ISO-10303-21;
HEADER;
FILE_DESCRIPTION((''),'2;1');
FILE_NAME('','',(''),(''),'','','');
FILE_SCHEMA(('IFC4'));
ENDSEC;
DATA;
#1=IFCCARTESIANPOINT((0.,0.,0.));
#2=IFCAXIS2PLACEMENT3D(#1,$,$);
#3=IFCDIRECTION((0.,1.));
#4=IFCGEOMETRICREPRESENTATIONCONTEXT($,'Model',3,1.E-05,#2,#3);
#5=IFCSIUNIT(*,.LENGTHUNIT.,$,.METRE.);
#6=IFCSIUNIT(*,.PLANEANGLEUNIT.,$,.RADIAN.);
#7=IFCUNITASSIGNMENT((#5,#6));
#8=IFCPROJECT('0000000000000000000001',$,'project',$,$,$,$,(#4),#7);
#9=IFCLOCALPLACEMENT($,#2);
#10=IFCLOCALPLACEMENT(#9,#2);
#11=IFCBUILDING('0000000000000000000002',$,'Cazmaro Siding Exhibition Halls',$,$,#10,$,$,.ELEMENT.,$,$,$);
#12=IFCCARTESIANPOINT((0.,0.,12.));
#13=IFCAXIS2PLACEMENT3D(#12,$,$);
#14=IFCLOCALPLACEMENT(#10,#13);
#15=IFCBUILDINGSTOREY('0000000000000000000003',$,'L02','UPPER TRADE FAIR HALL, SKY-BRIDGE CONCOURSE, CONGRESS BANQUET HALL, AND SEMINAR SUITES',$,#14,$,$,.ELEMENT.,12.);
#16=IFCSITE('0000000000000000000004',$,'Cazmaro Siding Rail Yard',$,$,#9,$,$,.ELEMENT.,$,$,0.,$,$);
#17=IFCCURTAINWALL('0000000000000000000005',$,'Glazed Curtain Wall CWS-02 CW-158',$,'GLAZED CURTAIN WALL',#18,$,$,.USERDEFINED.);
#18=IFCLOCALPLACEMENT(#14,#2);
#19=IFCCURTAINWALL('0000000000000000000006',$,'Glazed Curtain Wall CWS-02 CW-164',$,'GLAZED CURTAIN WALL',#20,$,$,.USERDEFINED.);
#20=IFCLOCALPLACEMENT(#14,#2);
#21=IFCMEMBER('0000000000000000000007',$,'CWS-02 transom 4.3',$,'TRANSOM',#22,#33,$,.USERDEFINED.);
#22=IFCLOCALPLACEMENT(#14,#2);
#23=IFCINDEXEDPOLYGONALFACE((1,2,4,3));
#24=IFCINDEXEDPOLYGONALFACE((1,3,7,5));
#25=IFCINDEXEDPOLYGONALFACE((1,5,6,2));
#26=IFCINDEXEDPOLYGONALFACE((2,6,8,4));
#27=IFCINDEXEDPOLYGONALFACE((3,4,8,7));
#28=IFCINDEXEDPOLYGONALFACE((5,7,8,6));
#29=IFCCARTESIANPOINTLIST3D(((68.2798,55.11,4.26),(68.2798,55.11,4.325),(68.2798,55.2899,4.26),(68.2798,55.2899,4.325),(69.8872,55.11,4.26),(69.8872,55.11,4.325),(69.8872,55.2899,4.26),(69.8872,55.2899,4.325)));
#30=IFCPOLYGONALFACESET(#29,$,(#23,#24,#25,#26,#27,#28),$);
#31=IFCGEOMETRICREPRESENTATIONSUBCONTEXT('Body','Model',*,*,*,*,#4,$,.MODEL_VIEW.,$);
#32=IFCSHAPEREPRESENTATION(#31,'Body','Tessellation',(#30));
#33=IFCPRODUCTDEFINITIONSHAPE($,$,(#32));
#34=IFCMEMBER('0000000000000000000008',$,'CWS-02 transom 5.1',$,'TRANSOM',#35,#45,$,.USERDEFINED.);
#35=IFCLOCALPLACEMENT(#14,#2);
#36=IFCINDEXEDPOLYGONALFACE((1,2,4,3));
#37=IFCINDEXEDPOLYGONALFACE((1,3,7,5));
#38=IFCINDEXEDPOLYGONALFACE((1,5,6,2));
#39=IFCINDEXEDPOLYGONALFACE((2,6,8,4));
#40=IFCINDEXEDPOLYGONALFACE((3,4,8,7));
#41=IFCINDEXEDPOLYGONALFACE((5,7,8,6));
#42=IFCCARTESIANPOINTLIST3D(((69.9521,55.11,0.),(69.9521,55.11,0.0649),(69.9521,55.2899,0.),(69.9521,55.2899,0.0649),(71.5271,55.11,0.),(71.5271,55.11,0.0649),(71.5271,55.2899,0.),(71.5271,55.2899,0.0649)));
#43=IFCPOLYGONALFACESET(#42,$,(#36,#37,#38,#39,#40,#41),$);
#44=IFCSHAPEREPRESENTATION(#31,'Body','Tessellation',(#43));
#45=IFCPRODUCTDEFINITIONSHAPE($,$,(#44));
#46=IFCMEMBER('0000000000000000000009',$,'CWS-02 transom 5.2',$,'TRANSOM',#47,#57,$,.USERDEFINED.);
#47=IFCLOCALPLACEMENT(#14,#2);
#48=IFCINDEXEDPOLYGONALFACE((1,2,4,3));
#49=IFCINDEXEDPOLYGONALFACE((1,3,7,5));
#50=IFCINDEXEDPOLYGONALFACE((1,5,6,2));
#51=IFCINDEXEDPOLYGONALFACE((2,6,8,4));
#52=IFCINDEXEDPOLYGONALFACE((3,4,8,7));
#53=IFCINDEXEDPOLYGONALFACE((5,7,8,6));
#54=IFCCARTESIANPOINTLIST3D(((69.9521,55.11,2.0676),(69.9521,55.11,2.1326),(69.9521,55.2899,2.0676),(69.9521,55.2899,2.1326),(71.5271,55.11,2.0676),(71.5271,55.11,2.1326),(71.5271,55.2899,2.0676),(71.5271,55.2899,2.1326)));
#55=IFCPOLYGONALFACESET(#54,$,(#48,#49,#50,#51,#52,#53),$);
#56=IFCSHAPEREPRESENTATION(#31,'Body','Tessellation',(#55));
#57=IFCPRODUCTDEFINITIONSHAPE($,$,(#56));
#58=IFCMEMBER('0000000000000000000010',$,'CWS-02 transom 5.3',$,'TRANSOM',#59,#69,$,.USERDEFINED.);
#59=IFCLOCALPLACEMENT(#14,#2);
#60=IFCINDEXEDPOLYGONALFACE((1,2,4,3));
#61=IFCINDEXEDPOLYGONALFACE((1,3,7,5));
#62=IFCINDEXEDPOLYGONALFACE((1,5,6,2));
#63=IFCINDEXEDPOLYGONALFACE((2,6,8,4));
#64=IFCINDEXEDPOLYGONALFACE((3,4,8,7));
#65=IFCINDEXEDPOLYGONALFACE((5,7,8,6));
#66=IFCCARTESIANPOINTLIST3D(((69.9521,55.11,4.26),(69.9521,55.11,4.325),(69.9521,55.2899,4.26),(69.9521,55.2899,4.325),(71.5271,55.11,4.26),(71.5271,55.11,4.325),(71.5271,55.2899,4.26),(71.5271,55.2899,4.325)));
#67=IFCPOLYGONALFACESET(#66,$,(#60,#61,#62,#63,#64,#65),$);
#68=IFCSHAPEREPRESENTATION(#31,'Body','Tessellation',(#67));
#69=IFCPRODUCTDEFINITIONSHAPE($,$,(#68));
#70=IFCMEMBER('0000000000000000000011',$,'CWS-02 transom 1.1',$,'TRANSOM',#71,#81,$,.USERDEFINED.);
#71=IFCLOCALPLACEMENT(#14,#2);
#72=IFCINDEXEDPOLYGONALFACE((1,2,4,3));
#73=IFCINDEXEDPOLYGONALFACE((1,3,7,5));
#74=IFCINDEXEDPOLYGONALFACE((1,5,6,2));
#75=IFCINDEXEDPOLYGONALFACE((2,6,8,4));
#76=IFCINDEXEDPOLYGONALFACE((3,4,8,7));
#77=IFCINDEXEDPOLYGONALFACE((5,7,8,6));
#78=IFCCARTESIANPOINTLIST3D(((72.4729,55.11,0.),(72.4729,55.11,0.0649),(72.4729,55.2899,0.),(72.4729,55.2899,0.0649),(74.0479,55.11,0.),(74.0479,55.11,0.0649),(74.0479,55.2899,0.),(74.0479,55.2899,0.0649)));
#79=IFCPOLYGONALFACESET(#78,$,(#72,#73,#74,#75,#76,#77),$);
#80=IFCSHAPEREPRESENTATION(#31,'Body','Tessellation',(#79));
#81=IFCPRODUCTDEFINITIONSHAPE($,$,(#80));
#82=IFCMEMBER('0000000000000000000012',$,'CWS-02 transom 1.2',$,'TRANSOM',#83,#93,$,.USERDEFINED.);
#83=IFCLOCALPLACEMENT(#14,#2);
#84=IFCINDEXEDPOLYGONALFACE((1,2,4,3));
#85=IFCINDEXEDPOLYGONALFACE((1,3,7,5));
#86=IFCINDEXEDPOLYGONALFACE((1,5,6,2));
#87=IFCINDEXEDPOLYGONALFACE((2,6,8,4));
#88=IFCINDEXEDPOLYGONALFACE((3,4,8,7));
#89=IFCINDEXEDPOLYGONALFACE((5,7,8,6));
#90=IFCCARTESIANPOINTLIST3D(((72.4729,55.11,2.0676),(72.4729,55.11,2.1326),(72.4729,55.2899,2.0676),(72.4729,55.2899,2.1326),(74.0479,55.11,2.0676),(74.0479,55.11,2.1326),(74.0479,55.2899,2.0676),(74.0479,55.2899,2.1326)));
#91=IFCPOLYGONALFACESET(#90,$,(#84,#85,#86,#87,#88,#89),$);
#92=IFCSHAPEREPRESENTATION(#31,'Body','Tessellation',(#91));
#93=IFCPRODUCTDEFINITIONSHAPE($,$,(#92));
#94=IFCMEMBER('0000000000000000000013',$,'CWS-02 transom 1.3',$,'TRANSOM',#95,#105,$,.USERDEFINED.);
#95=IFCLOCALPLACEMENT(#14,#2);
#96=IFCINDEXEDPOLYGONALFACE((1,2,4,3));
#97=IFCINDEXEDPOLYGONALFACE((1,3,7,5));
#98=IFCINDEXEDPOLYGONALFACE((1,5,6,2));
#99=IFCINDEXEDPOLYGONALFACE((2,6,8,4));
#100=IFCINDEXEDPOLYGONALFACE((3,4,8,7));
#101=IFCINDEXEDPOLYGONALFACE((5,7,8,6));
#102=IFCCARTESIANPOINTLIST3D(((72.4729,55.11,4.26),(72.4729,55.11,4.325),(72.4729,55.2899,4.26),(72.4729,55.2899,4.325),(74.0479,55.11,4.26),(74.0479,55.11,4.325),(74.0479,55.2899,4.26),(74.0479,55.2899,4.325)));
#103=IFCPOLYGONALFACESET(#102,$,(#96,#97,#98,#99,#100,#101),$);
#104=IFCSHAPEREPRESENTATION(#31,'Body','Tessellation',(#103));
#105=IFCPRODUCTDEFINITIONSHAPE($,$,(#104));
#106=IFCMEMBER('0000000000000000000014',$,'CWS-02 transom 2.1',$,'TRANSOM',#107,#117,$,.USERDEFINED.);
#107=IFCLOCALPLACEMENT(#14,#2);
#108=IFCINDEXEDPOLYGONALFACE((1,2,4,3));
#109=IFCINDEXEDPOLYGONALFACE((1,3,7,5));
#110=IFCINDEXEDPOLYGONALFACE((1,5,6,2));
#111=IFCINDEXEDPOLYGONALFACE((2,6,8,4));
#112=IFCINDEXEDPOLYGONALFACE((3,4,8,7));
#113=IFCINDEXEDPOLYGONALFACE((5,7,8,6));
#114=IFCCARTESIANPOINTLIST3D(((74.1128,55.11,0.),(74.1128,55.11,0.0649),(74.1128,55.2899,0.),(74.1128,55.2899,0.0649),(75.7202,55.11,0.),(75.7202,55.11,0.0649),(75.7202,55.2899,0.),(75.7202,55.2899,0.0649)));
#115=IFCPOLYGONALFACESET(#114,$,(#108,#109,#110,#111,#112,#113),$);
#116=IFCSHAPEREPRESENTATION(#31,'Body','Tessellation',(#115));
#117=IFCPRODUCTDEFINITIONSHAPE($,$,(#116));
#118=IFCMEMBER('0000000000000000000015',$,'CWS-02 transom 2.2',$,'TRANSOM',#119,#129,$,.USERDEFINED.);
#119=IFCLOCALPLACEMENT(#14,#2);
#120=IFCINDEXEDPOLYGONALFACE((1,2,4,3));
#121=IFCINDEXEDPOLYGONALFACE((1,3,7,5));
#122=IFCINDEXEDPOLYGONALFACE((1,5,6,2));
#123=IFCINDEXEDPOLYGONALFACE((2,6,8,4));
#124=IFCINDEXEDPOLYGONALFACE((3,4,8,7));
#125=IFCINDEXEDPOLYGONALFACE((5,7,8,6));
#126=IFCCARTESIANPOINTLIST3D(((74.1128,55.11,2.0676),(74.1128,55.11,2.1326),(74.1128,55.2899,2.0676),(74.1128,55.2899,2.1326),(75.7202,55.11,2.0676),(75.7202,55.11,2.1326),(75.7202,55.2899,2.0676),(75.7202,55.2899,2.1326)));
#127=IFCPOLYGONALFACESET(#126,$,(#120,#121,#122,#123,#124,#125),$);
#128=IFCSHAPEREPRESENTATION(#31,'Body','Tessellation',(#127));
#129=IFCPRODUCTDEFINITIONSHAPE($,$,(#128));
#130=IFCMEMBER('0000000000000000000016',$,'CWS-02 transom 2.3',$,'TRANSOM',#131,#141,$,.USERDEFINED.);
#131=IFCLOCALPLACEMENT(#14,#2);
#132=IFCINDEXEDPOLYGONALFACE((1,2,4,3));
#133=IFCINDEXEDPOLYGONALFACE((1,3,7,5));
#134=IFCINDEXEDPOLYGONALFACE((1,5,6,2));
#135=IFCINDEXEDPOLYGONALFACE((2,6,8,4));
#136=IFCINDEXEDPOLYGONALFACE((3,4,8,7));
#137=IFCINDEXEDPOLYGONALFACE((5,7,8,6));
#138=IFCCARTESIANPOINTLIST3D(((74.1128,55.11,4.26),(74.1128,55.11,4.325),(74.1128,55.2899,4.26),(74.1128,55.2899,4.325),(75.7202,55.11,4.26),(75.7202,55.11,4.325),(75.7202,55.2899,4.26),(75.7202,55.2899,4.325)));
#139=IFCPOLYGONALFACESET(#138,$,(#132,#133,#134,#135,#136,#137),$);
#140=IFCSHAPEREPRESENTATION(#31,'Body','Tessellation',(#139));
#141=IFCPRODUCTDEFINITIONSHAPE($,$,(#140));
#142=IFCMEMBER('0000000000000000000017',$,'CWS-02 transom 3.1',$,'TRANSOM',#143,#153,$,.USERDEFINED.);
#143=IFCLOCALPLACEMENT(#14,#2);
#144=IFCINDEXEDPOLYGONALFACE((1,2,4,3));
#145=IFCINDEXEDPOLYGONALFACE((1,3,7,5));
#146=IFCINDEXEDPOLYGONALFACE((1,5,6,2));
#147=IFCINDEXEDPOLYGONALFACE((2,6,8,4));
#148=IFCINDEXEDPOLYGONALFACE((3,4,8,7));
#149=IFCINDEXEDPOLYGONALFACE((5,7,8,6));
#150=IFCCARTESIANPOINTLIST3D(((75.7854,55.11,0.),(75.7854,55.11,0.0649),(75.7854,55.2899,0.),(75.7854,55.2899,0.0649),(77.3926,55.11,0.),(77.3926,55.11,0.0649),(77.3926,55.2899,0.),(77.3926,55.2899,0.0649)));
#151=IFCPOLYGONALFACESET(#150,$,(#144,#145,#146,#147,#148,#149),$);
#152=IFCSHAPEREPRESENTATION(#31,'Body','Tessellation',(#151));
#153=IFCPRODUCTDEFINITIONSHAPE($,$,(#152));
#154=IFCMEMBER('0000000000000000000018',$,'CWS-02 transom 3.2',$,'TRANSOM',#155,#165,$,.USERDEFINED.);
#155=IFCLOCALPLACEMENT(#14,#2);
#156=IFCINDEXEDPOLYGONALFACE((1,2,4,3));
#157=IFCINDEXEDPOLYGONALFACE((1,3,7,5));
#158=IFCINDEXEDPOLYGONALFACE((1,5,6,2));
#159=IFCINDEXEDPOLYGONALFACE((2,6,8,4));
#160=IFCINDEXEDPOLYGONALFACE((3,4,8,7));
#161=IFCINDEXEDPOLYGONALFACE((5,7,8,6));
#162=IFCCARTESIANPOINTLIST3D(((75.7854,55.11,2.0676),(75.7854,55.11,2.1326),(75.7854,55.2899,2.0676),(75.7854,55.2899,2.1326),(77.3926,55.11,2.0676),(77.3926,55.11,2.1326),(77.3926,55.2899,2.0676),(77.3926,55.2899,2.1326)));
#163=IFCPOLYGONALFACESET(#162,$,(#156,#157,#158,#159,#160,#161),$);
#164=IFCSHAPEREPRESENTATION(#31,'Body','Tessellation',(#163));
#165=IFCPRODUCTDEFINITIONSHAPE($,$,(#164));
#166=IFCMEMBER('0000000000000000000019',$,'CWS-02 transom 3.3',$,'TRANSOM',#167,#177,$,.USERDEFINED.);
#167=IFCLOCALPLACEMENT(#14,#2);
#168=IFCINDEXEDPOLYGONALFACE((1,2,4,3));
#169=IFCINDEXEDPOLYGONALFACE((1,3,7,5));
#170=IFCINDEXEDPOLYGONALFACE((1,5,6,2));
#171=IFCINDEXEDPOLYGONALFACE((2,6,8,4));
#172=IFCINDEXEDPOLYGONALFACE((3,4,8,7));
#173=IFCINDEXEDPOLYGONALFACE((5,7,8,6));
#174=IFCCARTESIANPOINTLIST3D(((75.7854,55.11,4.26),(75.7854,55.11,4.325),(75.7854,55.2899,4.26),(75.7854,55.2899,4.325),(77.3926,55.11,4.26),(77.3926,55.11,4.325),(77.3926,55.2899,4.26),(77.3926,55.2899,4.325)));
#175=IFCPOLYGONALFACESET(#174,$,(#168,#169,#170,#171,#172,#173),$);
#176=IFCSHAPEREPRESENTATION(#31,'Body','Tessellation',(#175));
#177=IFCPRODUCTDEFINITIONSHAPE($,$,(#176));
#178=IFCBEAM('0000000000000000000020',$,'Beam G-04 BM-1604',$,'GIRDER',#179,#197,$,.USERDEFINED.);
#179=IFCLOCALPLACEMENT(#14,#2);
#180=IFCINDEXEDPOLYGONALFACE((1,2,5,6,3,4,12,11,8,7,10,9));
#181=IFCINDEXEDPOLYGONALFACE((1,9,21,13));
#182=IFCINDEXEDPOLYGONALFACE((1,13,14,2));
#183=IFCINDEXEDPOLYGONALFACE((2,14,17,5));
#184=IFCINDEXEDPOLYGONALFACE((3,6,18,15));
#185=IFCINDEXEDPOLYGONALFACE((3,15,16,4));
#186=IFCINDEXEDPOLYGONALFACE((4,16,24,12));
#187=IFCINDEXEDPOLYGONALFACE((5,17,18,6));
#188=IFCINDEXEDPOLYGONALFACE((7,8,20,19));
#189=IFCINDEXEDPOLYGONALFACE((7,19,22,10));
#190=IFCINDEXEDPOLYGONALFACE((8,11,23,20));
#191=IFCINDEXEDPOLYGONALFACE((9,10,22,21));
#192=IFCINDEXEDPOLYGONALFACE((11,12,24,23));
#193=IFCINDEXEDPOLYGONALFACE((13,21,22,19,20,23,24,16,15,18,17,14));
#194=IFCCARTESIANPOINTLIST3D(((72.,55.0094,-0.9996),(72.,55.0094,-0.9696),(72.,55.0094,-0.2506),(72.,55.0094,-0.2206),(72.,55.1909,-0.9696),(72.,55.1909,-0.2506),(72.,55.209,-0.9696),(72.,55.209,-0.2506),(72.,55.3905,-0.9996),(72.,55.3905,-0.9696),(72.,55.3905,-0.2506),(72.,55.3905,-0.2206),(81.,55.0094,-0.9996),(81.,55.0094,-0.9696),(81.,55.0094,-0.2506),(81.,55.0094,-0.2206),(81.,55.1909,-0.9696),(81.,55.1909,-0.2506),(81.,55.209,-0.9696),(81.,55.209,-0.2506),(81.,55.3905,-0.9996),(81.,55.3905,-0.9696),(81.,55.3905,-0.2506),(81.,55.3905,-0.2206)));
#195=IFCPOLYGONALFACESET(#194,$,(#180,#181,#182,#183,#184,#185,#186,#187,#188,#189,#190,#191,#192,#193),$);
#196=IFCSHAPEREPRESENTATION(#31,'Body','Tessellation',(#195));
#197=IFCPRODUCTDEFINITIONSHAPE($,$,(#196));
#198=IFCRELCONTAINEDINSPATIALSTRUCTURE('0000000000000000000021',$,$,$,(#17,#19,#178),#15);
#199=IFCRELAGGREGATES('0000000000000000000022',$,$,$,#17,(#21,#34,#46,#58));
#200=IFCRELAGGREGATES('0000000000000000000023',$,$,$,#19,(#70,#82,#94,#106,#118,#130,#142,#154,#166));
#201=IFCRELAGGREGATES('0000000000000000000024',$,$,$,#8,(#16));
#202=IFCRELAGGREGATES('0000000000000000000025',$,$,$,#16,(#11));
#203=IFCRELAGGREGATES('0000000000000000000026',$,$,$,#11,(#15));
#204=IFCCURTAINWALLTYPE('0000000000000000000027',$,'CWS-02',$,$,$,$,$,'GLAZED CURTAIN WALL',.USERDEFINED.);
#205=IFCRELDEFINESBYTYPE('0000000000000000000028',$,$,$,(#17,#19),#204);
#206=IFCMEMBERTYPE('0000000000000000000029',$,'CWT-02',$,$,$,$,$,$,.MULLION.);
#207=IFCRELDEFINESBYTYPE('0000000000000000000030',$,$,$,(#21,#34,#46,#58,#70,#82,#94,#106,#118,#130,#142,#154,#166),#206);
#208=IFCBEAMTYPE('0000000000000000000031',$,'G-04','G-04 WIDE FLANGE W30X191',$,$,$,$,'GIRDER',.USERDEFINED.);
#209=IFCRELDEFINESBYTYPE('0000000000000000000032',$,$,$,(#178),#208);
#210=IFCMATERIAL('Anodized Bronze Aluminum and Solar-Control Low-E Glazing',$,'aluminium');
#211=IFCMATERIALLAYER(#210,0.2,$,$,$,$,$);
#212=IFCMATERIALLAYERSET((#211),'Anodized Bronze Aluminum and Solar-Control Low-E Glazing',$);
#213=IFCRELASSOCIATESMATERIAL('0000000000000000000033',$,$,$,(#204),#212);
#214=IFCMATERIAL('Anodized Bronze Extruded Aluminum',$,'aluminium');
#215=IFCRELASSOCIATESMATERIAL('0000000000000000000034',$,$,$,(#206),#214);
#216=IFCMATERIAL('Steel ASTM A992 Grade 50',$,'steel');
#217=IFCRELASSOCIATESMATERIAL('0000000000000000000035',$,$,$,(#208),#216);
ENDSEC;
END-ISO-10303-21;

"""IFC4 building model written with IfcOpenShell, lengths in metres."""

from ifc_helpers import new_model, si_unit, direction, frame, origin, origin_2d, place, context, subcontext, project, spatial, rectangle, i_section, extrude, material, layer, layer_set, material_profile, profile_set, type_object, element, aggregate, save


model = new_model("IFC4")

# Units and contexts
model_context = context("Model", 3, precision=1e-05, world=origin(), true_north=direction((0.0, 1.0)))
body_context = subcontext(model_context, "Body", "Model", "MODEL_VIEW")
ifc_project = project(units=[si_unit("LENGTHUNIT", "METRE"), si_unit("PLANEANGLEUNIT", "RADIAN")], contexts=[model_context])

# Site, building, storey
site_placement = place(None, origin())
site = spatial("IfcSite", under=ifc_project, at=site_placement, Name="Cazmaro Siding Rail Yard", CompositionType="ELEMENT", RefElevation=0.0)
building_placement = place(site_placement, origin())
building = spatial("IfcBuilding", under=site, at=building_placement, Name="Cazmaro Siding Exhibition Halls", CompositionType="ELEMENT")
storey_placement = place(building_placement, frame((0.0, 0.0, 12.0)))
storey = spatial("IfcBuildingStorey", under=building, at=storey_placement, Name="L02", Description="UPPER TRADE FAIR HALL, SKY-BRIDGE CONCOURSE, CONGRESS BANQUET HALL, AND SEMINAR SUITES", CompositionType="ELEMENT", Elevation=12.0)

# Curtain walls
ifc_material_1 = material(Name="Anodized Bronze Aluminum and Solar-Control Low-E Glazing", Category="aluminium")
ifc_layer_1 = layer(ifc_material_1, 0.2)
ifc_layer_set_1 = layer_set([ifc_layer_1], Name="Anodized Bronze Aluminum and Solar-Control Low-E Glazing")
curtain_wall_type = type_object("IfcCurtainWallType", Name="CWS-02", ElementType="GLAZED CURTAIN WALL", PredefinedType="USERDEFINED", material=ifc_layer_set_1)
curtain_wall_1_placement = place(storey_placement, origin())
curtain_wall_1 = element("IfcCurtainWall", 1, at=curtain_wall_1_placement, inside=storey, type_object=curtain_wall_type, Name="Glazed Curtain Wall CWS-02 CW-158", ObjectType="GLAZED CURTAIN WALL", PredefinedType="USERDEFINED")
curtain_wall_2_placement = place(storey_placement, origin())
curtain_wall_2 = element("IfcCurtainWall", 2, at=curtain_wall_2_placement, inside=storey, type_object=curtain_wall_type, Name="Glazed Curtain Wall CWS-02 CW-164", ObjectType="GLAZED CURTAIN WALL", PredefinedType="USERDEFINED")

# Members
ifc_material_2 = material(Name="Anodized Bronze Extruded Aluminum", Category="aluminium")
ifc_material_profile_1 = material_profile(ifc_material_2, rectangle(XDim=0.1799, YDim=0.0649, at=origin_2d()), Name="CWT-02")
ifc_profile_set_1 = profile_set([ifc_material_profile_1], Name="Anodized Bronze Extruded Aluminum")
member_type_1 = type_object("IfcMemberType", Name="CWT-02", PredefinedType="MULLION", material=ifc_profile_set_1)
member_1_placement = place(storey_placement, frame((68.2798, 55.2, 4.2925), z_axis=(1.0, 0.0, 0.0), x_axis=(0.0, 1.0, 0.0)))
member_1 = element("IfcMember", 3, at=member_1_placement, type_object=member_type_1, Name="CWS-02 transom 4.3", ObjectType="TRANSOM", PredefinedType="USERDEFINED", context=body_context, shape_type="SweptSolid", body=[
    extrude(rectangle(XDim=0.1799, YDim=0.0649, at=origin_2d()), origin(), (0.0, 0.0, 1.0), 1.6074),
])
member_2_placement = place(storey_placement, frame((69.9521, 55.2, 0.0325), z_axis=(1.0, 0.0, 0.0), x_axis=(0.0, 1.0, 0.0)))
member_2 = element("IfcMember", 4, at=member_2_placement, type_object=member_type_1, Name="CWS-02 transom 5.1", ObjectType="TRANSOM", PredefinedType="USERDEFINED", context=body_context, shape_type="SweptSolid", body=[
    extrude(rectangle(XDim=0.1799, YDim=0.0649, at=origin_2d()), origin(), (0.0, 0.0, 1.0), 1.575),
])
member_3_placement = place(storey_placement, frame((69.9521, 55.2, 2.1001), z_axis=(1.0, 0.0, 0.0), x_axis=(0.0, 1.0, 0.0)))
member_3 = element("IfcMember", 5, at=member_3_placement, type_object=member_type_1, Name="CWS-02 transom 5.2", ObjectType="TRANSOM", PredefinedType="USERDEFINED", context=body_context, shape_type="SweptSolid", body=[
    extrude(rectangle(XDim=0.1799, YDim=0.0649, at=origin_2d()), origin(), (0.0, 0.0, 1.0), 1.575),
])
member_4_placement = place(storey_placement, frame((69.9521, 55.2, 4.2925), z_axis=(1.0, 0.0, 0.0), x_axis=(0.0, 1.0, 0.0)))
member_4 = element("IfcMember", 6, at=member_4_placement, type_object=member_type_1, Name="CWS-02 transom 5.3", ObjectType="TRANSOM", PredefinedType="USERDEFINED", context=body_context, shape_type="SweptSolid", body=[
    extrude(rectangle(XDim=0.1799, YDim=0.0649, at=origin_2d()), origin(), (0.0, 0.0, 1.0), 1.575),
])
member_5_placement = place(storey_placement, frame((72.4729, 55.2, 0.0325), z_axis=(1.0, 0.0, 0.0), x_axis=(0.0, 1.0, 0.0)))
member_5 = element("IfcMember", 7, at=member_5_placement, type_object=member_type_1, Name="CWS-02 transom 1.1", ObjectType="TRANSOM", PredefinedType="USERDEFINED", context=body_context, shape_type="SweptSolid", body=[
    extrude(rectangle(XDim=0.1799, YDim=0.0649, at=origin_2d()), origin(), (0.0, 0.0, 1.0), 1.575),
])
member_6_placement = place(storey_placement, frame((72.4729, 55.2, 2.1001), z_axis=(1.0, 0.0, 0.0), x_axis=(0.0, 1.0, 0.0)))
member_6 = element("IfcMember", 8, at=member_6_placement, type_object=member_type_1, Name="CWS-02 transom 1.2", ObjectType="TRANSOM", PredefinedType="USERDEFINED", context=body_context, shape_type="SweptSolid", body=[
    extrude(rectangle(XDim=0.1799, YDim=0.0649, at=origin_2d()), origin(), (0.0, 0.0, 1.0), 1.575),
])
member_7_placement = place(storey_placement, frame((72.4729, 55.2, 4.2925), z_axis=(1.0, 0.0, 0.0), x_axis=(0.0, 1.0, 0.0)))
member_7 = element("IfcMember", 9, at=member_7_placement, type_object=member_type_1, Name="CWS-02 transom 1.3", ObjectType="TRANSOM", PredefinedType="USERDEFINED", context=body_context, shape_type="SweptSolid", body=[
    extrude(rectangle(XDim=0.1799, YDim=0.0649, at=origin_2d()), origin(), (0.0, 0.0, 1.0), 1.575),
])
member_8_placement = place(storey_placement, frame((74.1128, 55.2, 0.0325), z_axis=(1.0, 0.0, 0.0), x_axis=(0.0, 1.0, 0.0)))
member_8 = element("IfcMember", 10, at=member_8_placement, type_object=member_type_1, Name="CWS-02 transom 2.1", ObjectType="TRANSOM", PredefinedType="USERDEFINED", context=body_context, shape_type="SweptSolid", body=[
    extrude(rectangle(XDim=0.1799, YDim=0.0649, at=origin_2d()), origin(), (0.0, 0.0, 1.0), 1.6074),
])
member_9_placement = place(storey_placement, frame((74.1128, 55.2, 2.1001), z_axis=(1.0, 0.0, 0.0), x_axis=(0.0, 1.0, 0.0)))
member_9 = element("IfcMember", 11, at=member_9_placement, type_object=member_type_1, Name="CWS-02 transom 2.2", ObjectType="TRANSOM", PredefinedType="USERDEFINED", context=body_context, shape_type="SweptSolid", body=[
    extrude(rectangle(XDim=0.1799, YDim=0.0649, at=origin_2d()), origin(), (0.0, 0.0, 1.0), 1.6074),
])
member_10_placement = place(storey_placement, frame((74.1128, 55.2, 4.2925), z_axis=(1.0, 0.0, 0.0), x_axis=(0.0, 1.0, 0.0)))
member_10 = element("IfcMember", 12, at=member_10_placement, type_object=member_type_1, Name="CWS-02 transom 2.3", ObjectType="TRANSOM", PredefinedType="USERDEFINED", context=body_context, shape_type="SweptSolid", body=[
    extrude(rectangle(XDim=0.1799, YDim=0.0649, at=origin_2d()), origin(), (0.0, 0.0, 1.0), 1.6074),
])
member_11_placement = place(storey_placement, frame((75.7854, 55.2, 0.0325), z_axis=(1.0, 0.0, 0.0), x_axis=(0.0, 1.0, 0.0)))
member_11 = element("IfcMember", 13, at=member_11_placement, type_object=member_type_1, Name="CWS-02 transom 3.1", ObjectType="TRANSOM", PredefinedType="USERDEFINED", context=body_context, shape_type="SweptSolid", body=[
    extrude(rectangle(XDim=0.1799, YDim=0.0649, at=origin_2d()), origin(), (0.0, 0.0, 1.0), 1.6072),
])
member_12_placement = place(storey_placement, frame((75.7854, 55.2, 2.1001), z_axis=(1.0, 0.0, 0.0), x_axis=(0.0, 1.0, 0.0)))
member_12 = element("IfcMember", 14, at=member_12_placement, type_object=member_type_1, Name="CWS-02 transom 3.2", ObjectType="TRANSOM", PredefinedType="USERDEFINED", context=body_context, shape_type="SweptSolid", body=[
    extrude(rectangle(XDim=0.1799, YDim=0.0649, at=origin_2d()), origin(), (0.0, 0.0, 1.0), 1.6072),
])
member_13_placement = place(storey_placement, frame((75.7854, 55.2, 4.2925), z_axis=(1.0, 0.0, 0.0), x_axis=(0.0, 1.0, 0.0)))
member_13 = element("IfcMember", 15, at=member_13_placement, type_object=member_type_1, Name="CWS-02 transom 3.3", ObjectType="TRANSOM", PredefinedType="USERDEFINED", context=body_context, shape_type="SweptSolid", body=[
    extrude(rectangle(XDim=0.1799, YDim=0.0649, at=origin_2d()), origin(), (0.0, 0.0, 1.0), 1.6072),
])

# Beam
ifc_material_3 = material(Name="Steel ASTM A992 Grade 50", Category="steel")
ifc_material_profile_2 = material_profile(ifc_material_3, i_section(OverallWidth=0.3811, OverallDepth=0.7791, WebThickness=0.0181, FlangeThickness=0.03, at=origin_2d()), Name="W30X191")
ifc_profile_set_2 = profile_set([ifc_material_profile_2], Name="Steel ASTM A992 Grade 50")
beam_type_1 = type_object("IfcBeamType", Name="G-04", Description="G-04 WIDE FLANGE W30X191", ElementType="GIRDER", PredefinedType="USERDEFINED", material=ifc_profile_set_2)
beam_1_placement = place(storey_placement, frame((72.0, 55.2, -0.6101), z_axis=(1.0, 0.0, 0.0), x_axis=(0.0, 1.0, 0.0)))
element("IfcBeam", 16, at=beam_1_placement, inside=storey, type_object=beam_type_1, Name="Beam G-04 BM-1604", ObjectType="GIRDER", PredefinedType="USERDEFINED", context=body_context, shape_type="SweptSolid", body=[
    extrude(i_section(OverallWidth=0.3811, OverallDepth=0.7791, WebThickness=0.0181, FlangeThickness=0.03, at=origin_2d()), origin(), (0.0, 0.0, 1.0), 9.0),
])

aggregate(curtain_wall_1, [member_1, member_2, member_3, member_4])
aggregate(curtain_wall_2, [member_5, member_6, member_7, member_8, member_9, member_10, member_11, member_12, member_13])

save(model, "model.ifc")
